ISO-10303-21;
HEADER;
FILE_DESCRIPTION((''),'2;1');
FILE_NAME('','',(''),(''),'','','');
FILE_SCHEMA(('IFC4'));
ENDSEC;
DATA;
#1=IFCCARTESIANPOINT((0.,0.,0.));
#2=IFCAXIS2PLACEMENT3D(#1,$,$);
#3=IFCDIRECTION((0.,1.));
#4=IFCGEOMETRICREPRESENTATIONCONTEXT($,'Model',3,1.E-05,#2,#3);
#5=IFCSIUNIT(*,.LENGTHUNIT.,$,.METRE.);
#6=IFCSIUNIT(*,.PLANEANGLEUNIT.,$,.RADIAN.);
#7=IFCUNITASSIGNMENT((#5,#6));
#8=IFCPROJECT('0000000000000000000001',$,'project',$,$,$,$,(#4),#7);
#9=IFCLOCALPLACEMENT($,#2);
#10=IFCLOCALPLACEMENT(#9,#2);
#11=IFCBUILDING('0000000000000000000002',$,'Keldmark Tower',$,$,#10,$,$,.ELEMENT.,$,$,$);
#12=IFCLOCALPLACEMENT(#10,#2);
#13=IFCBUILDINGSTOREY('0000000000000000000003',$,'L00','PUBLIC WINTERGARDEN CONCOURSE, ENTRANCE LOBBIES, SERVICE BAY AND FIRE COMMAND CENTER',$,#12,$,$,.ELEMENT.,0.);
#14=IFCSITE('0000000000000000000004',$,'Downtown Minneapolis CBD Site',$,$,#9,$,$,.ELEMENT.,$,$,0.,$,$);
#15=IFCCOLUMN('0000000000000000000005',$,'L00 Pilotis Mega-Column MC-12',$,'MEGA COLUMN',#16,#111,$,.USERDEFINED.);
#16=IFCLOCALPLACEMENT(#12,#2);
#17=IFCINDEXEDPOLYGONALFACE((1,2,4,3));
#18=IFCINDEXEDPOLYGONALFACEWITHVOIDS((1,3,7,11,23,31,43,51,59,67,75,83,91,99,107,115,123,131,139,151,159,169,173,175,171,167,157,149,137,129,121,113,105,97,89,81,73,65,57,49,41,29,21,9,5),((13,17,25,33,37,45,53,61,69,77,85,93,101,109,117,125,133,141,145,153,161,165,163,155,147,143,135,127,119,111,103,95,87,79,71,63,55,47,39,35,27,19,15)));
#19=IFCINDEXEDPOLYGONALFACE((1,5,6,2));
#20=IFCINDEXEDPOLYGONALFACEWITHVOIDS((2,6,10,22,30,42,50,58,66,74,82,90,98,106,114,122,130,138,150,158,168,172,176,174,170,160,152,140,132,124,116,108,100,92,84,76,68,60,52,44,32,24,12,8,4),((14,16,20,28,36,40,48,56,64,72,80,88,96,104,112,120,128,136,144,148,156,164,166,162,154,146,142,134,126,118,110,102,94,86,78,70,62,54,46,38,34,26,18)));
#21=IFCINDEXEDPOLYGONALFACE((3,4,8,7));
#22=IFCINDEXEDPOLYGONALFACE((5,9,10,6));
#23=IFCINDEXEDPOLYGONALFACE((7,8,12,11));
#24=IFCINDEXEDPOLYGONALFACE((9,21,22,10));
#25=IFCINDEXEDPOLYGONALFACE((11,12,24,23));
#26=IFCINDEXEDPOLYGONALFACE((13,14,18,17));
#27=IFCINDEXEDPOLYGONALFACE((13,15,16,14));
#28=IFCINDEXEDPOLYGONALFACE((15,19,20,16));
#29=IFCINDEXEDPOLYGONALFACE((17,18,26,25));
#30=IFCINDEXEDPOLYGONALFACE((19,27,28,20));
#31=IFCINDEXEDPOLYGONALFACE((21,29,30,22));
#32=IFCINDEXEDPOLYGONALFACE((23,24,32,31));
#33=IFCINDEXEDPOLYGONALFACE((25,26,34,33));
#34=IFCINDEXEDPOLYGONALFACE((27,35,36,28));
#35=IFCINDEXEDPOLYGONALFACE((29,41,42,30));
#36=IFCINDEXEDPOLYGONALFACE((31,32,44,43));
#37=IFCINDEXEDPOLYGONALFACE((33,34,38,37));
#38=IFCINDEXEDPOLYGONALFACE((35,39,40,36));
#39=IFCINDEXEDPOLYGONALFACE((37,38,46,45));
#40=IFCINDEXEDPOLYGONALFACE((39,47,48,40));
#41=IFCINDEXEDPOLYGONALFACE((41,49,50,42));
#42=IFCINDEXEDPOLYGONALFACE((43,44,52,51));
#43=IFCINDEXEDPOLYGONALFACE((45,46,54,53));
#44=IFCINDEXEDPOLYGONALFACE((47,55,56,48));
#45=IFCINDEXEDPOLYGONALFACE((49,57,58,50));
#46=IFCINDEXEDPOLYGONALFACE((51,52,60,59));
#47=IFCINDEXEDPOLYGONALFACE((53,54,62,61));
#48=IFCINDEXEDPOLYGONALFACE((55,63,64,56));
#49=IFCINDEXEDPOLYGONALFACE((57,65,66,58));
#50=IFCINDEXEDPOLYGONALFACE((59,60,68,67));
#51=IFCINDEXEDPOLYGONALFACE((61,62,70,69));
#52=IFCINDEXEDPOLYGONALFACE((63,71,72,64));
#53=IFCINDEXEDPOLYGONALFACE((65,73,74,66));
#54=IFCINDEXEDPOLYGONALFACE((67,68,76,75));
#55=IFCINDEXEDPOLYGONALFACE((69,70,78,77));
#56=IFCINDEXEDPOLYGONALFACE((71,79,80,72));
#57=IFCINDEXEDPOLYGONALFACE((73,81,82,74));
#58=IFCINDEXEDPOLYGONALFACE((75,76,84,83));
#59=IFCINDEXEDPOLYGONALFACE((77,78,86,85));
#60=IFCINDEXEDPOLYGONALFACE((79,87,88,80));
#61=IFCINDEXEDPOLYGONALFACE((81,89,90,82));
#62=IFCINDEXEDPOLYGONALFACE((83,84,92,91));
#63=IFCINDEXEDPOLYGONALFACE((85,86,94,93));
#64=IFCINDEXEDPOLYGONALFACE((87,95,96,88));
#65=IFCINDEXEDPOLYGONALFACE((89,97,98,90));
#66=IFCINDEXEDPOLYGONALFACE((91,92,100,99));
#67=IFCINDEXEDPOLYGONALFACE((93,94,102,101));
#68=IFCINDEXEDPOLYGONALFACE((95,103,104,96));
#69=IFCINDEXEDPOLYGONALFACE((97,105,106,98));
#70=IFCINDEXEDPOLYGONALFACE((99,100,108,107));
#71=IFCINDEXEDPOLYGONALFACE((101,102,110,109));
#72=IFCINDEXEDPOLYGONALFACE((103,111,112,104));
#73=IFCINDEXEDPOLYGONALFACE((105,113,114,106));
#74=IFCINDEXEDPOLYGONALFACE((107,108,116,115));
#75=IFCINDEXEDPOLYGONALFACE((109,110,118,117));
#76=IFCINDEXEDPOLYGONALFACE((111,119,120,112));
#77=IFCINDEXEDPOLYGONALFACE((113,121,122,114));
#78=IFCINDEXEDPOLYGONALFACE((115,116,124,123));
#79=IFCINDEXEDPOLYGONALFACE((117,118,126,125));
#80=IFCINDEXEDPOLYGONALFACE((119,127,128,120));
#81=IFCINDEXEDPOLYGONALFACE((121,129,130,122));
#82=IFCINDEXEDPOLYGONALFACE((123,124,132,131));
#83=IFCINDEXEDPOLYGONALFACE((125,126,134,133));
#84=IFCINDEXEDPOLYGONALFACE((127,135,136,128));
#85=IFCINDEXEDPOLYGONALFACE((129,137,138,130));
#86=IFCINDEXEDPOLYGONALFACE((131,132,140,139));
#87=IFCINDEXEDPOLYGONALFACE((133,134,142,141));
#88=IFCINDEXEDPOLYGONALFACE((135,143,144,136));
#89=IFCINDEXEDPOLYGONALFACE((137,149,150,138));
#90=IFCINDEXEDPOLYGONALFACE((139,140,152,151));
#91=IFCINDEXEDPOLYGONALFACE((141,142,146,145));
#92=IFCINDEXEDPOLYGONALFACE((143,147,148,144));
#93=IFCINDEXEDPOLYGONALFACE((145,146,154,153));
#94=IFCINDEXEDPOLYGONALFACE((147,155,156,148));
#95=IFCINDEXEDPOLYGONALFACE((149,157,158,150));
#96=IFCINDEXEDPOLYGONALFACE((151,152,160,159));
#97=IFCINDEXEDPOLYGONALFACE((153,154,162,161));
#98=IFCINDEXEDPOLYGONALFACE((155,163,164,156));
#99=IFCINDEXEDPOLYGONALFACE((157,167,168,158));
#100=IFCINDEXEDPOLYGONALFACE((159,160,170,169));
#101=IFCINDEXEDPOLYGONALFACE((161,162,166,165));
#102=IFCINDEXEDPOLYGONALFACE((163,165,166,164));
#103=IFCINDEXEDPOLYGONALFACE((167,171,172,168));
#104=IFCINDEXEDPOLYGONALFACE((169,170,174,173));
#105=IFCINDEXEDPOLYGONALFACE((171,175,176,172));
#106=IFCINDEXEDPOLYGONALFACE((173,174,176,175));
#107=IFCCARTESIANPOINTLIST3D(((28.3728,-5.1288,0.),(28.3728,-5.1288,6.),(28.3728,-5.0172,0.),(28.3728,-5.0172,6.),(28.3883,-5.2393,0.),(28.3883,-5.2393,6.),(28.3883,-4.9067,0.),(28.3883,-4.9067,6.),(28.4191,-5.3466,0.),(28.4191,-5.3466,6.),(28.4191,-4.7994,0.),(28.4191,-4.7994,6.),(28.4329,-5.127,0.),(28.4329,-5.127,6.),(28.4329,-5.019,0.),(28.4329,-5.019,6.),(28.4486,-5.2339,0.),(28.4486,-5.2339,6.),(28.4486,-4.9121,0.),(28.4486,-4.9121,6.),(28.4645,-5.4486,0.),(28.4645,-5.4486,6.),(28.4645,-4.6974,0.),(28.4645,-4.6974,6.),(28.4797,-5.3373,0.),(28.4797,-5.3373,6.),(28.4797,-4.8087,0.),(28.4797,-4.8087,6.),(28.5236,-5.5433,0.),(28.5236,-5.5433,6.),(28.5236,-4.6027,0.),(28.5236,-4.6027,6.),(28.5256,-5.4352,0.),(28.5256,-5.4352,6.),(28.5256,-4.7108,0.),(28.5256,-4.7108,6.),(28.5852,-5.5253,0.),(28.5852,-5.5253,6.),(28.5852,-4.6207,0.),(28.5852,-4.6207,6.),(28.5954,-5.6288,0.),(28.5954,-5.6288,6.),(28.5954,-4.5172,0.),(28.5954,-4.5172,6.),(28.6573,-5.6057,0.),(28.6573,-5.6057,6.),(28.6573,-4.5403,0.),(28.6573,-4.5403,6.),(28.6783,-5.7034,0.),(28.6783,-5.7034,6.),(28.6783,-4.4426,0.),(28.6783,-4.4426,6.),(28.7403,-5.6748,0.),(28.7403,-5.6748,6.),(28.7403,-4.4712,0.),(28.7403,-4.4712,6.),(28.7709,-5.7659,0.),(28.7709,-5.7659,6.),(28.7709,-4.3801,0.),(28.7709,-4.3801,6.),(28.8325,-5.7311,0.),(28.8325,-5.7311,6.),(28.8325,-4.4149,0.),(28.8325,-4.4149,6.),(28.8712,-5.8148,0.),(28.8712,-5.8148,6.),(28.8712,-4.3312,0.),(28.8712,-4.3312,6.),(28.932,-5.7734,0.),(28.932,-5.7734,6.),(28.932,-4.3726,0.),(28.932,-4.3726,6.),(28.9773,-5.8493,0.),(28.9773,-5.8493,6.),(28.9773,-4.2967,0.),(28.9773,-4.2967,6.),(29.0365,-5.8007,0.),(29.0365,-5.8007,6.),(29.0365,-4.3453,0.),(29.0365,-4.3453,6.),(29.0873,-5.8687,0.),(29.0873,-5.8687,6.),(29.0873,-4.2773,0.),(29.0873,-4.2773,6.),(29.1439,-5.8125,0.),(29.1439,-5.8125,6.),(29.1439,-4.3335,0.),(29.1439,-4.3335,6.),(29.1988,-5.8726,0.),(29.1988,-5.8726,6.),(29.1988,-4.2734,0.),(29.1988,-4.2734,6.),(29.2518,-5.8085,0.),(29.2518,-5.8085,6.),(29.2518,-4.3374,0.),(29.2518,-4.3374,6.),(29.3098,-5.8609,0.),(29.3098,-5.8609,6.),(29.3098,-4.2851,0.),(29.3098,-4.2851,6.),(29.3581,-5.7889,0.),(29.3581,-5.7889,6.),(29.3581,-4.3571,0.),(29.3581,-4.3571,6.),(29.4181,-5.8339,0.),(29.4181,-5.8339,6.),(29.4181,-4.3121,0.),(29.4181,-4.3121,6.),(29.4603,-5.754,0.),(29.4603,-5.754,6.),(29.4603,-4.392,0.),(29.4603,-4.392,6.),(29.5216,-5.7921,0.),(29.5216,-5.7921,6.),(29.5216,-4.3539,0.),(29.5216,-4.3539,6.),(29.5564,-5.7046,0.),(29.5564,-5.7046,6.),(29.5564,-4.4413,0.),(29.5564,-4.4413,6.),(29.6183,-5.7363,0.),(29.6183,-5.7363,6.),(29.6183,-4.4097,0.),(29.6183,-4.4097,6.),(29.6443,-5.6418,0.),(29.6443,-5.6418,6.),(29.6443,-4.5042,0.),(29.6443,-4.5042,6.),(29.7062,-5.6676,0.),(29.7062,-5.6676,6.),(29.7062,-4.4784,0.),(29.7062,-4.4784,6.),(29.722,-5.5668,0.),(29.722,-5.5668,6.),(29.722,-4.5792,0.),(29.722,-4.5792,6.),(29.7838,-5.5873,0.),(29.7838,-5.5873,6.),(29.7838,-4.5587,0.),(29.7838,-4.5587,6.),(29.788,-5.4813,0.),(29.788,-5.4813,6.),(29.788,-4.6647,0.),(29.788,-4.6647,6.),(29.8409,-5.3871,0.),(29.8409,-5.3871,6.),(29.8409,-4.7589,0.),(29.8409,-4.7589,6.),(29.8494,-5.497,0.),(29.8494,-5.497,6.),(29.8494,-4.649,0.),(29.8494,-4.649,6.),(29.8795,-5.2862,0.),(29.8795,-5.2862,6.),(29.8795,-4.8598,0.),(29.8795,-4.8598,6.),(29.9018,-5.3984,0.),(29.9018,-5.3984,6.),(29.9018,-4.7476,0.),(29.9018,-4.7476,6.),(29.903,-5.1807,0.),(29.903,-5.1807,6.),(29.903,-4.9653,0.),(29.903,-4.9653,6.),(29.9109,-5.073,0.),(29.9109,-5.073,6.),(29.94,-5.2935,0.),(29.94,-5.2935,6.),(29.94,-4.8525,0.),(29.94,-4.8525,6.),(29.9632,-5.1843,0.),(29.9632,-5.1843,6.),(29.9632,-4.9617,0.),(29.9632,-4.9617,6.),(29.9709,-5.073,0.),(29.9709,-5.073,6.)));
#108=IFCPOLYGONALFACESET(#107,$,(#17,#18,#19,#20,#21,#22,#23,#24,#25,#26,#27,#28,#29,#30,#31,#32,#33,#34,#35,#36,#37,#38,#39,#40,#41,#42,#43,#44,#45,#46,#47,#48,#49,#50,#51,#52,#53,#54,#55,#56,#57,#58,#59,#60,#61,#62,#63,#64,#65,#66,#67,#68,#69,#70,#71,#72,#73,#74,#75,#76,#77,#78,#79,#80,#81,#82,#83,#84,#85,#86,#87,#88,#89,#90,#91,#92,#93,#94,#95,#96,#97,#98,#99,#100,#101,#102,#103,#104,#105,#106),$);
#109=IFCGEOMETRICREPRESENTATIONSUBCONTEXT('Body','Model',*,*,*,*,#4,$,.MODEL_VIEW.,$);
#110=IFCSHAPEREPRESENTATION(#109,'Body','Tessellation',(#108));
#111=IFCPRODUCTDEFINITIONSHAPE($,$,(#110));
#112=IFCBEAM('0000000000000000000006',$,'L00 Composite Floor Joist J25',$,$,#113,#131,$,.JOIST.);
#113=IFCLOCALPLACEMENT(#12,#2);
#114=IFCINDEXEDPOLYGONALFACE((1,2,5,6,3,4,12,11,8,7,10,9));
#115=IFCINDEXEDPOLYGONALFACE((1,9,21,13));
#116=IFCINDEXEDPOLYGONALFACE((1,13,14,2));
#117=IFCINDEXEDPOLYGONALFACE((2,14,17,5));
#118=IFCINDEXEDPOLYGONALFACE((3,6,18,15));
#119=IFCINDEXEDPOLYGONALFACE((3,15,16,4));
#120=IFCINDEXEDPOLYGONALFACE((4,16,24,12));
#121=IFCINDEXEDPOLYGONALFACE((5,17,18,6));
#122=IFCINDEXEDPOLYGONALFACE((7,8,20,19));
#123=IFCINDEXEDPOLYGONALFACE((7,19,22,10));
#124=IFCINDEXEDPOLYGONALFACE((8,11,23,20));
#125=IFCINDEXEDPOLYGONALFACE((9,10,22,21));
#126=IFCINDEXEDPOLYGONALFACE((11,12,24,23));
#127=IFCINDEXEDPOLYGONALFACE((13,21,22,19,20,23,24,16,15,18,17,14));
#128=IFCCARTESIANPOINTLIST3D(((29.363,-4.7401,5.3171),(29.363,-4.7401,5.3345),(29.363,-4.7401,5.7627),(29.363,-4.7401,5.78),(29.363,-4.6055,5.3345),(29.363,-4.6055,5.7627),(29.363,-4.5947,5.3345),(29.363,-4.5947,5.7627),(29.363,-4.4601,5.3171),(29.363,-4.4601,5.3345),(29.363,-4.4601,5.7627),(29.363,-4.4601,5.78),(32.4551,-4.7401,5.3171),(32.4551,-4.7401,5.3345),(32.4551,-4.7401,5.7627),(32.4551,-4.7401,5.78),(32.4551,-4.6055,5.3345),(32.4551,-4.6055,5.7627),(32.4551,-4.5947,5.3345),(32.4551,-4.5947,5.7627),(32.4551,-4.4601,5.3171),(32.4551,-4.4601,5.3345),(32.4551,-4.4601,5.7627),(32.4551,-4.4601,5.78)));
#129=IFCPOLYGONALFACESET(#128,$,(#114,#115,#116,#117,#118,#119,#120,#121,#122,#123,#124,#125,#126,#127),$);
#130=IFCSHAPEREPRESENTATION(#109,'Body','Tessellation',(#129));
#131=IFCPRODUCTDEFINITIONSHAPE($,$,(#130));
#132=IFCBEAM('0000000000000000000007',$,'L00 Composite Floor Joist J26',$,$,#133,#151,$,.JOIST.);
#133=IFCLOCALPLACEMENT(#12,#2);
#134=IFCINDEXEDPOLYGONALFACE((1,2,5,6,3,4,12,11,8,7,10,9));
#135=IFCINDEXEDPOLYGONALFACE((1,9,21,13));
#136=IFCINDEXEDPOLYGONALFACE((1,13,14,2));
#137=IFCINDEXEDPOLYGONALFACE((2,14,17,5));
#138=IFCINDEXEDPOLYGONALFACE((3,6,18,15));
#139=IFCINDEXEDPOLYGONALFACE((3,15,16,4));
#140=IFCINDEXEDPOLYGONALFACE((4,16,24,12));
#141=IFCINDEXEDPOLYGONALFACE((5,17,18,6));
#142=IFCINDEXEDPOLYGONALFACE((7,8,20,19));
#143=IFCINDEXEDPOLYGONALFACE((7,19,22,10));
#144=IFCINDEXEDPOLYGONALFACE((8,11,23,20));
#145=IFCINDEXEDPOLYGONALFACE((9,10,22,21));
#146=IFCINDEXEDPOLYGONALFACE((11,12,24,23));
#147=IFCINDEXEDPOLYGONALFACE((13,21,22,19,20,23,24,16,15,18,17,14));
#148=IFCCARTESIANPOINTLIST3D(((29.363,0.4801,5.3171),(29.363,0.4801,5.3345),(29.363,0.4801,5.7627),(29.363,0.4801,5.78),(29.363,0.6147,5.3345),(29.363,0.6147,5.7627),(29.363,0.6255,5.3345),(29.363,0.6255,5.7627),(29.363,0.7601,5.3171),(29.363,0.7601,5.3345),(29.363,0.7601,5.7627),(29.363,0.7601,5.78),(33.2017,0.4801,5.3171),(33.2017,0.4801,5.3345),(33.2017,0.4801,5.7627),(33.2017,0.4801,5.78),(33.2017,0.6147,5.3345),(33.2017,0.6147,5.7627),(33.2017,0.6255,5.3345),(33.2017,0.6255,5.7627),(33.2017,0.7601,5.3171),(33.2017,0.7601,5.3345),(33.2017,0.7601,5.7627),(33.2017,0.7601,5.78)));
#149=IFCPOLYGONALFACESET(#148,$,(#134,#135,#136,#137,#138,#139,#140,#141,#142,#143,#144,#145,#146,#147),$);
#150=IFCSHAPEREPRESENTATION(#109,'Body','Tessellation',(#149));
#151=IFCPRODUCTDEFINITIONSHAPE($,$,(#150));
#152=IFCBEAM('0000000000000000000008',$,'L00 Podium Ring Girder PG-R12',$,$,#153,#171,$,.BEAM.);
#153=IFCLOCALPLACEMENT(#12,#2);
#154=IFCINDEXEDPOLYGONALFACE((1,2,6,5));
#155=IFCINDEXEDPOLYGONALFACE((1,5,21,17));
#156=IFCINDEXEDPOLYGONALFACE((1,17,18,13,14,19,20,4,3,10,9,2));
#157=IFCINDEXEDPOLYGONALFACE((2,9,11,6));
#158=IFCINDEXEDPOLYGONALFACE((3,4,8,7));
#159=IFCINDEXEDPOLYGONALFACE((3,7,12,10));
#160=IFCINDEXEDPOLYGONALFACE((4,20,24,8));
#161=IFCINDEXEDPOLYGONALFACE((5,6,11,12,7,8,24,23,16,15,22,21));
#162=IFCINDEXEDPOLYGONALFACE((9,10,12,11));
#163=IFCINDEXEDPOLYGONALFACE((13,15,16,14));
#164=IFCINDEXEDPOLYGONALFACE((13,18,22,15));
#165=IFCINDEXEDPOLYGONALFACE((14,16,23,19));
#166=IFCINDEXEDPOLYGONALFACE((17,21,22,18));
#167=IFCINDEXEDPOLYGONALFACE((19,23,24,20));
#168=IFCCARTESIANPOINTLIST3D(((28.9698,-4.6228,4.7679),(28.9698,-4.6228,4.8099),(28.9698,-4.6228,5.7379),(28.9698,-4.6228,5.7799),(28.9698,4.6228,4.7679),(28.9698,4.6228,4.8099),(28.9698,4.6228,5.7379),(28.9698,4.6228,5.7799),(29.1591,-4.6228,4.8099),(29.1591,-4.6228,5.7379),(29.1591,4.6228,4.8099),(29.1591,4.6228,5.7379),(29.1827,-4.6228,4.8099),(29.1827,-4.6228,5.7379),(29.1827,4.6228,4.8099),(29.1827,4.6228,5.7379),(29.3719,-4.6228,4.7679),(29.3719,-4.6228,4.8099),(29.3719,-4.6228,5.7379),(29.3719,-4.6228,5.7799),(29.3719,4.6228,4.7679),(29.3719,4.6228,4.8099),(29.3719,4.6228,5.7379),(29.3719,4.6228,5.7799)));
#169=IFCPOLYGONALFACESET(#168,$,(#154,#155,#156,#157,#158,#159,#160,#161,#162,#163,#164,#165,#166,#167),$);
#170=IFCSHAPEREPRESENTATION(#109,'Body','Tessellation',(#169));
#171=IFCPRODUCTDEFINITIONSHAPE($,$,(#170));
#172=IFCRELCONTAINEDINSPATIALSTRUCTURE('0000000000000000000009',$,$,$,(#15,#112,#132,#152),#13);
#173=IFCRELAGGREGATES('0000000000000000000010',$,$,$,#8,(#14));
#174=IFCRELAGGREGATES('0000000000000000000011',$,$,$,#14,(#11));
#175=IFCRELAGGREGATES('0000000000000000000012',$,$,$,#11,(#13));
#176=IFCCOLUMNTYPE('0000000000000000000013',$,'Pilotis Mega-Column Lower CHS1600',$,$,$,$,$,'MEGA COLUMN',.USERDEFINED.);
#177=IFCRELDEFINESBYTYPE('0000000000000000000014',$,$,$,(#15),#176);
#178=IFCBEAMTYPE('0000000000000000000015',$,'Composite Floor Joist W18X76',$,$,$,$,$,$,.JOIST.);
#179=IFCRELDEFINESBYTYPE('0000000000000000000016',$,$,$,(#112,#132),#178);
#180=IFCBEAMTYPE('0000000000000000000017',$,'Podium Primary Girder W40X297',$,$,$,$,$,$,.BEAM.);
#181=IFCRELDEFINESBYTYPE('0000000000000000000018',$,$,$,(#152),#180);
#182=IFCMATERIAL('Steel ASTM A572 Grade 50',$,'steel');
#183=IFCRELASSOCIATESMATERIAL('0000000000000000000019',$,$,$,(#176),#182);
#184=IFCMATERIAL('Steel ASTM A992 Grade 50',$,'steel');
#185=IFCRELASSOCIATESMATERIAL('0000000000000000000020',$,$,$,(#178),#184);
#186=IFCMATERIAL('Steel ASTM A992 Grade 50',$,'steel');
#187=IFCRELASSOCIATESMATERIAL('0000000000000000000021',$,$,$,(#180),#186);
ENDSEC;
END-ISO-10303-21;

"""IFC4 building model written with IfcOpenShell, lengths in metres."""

from ifc_helpers import new_model, si_unit, direction, frame, origin, origin_2d, place, context, subcontext, project, spatial, hollow_circle, i_section, extrude, material, material_profile, profile_set, type_object, element, save


model = new_model("IFC4")

# Units and contexts
model_context = context("Model", 3, precision=1e-05, world=origin(), true_north=direction((0.0, 1.0)))
body_context = subcontext(model_context, "Body", "Model", "MODEL_VIEW")
ifc_project = project(units=[si_unit("LENGTHUNIT", "METRE"), si_unit("PLANEANGLEUNIT", "RADIAN")], contexts=[model_context])

# Site, building, storey
site_placement = place(None, origin())
site = spatial("IfcSite", under=ifc_project, at=site_placement, Name="Downtown Minneapolis CBD Site", CompositionType="ELEMENT", RefElevation=0.0)
building_placement = place(site_placement, origin())
building = spatial("IfcBuilding", under=site, at=building_placement, Name="Keldmark Tower", CompositionType="ELEMENT")
storey_placement = place(building_placement, origin())
storey = spatial("IfcBuildingStorey", under=building, at=storey_placement, Name="L00", Description="PUBLIC WINTERGARDEN CONCOURSE, ENTRANCE LOBBIES, SERVICE BAY AND FIRE COMMAND CENTER", CompositionType="ELEMENT", Elevation=0.0)

# Column
ifc_material_1 = material(Name="Steel ASTM A572 Grade 50", Category="steel")
ifc_material_profile_1 = material_profile(ifc_material_1, hollow_circle(Radius=0.8, WallThickness=0.0601, at=origin_2d()), Name="CHS1600X60")
ifc_profile_set_1 = profile_set([ifc_material_profile_1], Name="Steel ASTM A572 Grade 50")
column_type = type_object("IfcColumnType", Name="Pilotis Mega-Column Lower CHS1600", ElementType="MEGA COLUMN", PredefinedType="USERDEFINED", material=ifc_profile_set_1)
column_placement = place(storey_placement, frame((29.1709, -5.073, 0.0), z_axis=(0.0, 0.0, 1.0), x_axis=(1.0, 0.0, 0.0)))
element("IfcColumn", 1, at=column_placement, inside=storey, type_object=column_type, Name="L00 Pilotis Mega-Column MC-12", ObjectType="MEGA COLUMN", PredefinedType="USERDEFINED", context=body_context, shape_type="SweptSolid", body=[
    extrude(hollow_circle(Radius=0.8, WallThickness=0.0601, at=origin_2d()), origin(), (0.0, 0.0, 1.0), 6.0),
])

# Beams
ifc_material_2 = material(Name="Steel ASTM A992 Grade 50", Category="steel")
ifc_material_profile_2 = material_profile(ifc_material_2, i_section(OverallWidth=0.28, OverallDepth=0.4629, WebThickness=0.0107, FlangeThickness=0.0173, at=origin_2d()), Name="W18X76")
ifc_profile_set_2 = profile_set([ifc_material_profile_2], Name="Steel ASTM A992 Grade 50")
beam_type_1 = type_object("IfcBeamType", Name="Composite Floor Joist W18X76", PredefinedType="JOIST", material=ifc_profile_set_2)
beam_1_placement = place(storey_placement, frame((29.363, -4.6001, 5.5486), z_axis=(1.0, 0.0, 0.0), x_axis=(0.0, 1.0, 0.0)))
element("IfcBeam", 2, at=beam_1_placement, inside=storey, type_object=beam_type_1, Name="L00 Composite Floor Joist J25", PredefinedType="JOIST", context=body_context, shape_type="SweptSolid", body=[
    extrude(i_section(OverallWidth=0.28, OverallDepth=0.4629, WebThickness=0.0107, FlangeThickness=0.0173, at=origin_2d()), origin(), (0.0, 0.0, 1.0), 3.092),
])
beam_2_placement = place(storey_placement, frame((29.363, 0.6201, 5.5486), z_axis=(1.0, 0.0, 0.0), x_axis=(0.0, 1.0, 0.0)))
element("IfcBeam", 3, at=beam_2_placement, inside=storey, type_object=beam_type_1, Name="L00 Composite Floor Joist J26", PredefinedType="JOIST", context=body_context, shape_type="SweptSolid", body=[
    extrude(i_section(OverallWidth=0.28, OverallDepth=0.4629, WebThickness=0.0107, FlangeThickness=0.0173, at=origin_2d()), origin(), (0.0, 0.0, 1.0), 3.8386),
])
ifc_material_3 = material(Name="Steel ASTM A992 Grade 50", Category="steel")
ifc_material_profile_3 = material_profile(ifc_material_3, i_section(OverallWidth=0.4021, OverallDepth=1.012, WebThickness=0.0237, FlangeThickness=0.042, at=origin_2d()), Name="W40X297")
ifc_profile_set_3 = profile_set([ifc_material_profile_3], Name="Steel ASTM A992 Grade 50")
beam_type_2 = type_object("IfcBeamType", Name="Podium Primary Girder W40X297", PredefinedType="BEAM", material=ifc_profile_set_3)
beam_3_placement = place(storey_placement, frame((29.1709, -4.6228, 5.2739), z_axis=(0.0, 1.0, 0.0), x_axis=(-1.0, 0.0, 0.0)))
element("IfcBeam", 4, at=beam_3_placement, inside=storey, type_object=beam_type_2, Name="L00 Podium Ring Girder PG-R12", PredefinedType="BEAM", context=body_context, shape_type="SweptSolid", body=[
    extrude(i_section(OverallWidth=0.4021, OverallDepth=1.012, WebThickness=0.0237, FlangeThickness=0.042, at=origin_2d()), origin(), (0.0, 0.0, 1.0), 9.2456),
])

save(model, "model.ifc")
